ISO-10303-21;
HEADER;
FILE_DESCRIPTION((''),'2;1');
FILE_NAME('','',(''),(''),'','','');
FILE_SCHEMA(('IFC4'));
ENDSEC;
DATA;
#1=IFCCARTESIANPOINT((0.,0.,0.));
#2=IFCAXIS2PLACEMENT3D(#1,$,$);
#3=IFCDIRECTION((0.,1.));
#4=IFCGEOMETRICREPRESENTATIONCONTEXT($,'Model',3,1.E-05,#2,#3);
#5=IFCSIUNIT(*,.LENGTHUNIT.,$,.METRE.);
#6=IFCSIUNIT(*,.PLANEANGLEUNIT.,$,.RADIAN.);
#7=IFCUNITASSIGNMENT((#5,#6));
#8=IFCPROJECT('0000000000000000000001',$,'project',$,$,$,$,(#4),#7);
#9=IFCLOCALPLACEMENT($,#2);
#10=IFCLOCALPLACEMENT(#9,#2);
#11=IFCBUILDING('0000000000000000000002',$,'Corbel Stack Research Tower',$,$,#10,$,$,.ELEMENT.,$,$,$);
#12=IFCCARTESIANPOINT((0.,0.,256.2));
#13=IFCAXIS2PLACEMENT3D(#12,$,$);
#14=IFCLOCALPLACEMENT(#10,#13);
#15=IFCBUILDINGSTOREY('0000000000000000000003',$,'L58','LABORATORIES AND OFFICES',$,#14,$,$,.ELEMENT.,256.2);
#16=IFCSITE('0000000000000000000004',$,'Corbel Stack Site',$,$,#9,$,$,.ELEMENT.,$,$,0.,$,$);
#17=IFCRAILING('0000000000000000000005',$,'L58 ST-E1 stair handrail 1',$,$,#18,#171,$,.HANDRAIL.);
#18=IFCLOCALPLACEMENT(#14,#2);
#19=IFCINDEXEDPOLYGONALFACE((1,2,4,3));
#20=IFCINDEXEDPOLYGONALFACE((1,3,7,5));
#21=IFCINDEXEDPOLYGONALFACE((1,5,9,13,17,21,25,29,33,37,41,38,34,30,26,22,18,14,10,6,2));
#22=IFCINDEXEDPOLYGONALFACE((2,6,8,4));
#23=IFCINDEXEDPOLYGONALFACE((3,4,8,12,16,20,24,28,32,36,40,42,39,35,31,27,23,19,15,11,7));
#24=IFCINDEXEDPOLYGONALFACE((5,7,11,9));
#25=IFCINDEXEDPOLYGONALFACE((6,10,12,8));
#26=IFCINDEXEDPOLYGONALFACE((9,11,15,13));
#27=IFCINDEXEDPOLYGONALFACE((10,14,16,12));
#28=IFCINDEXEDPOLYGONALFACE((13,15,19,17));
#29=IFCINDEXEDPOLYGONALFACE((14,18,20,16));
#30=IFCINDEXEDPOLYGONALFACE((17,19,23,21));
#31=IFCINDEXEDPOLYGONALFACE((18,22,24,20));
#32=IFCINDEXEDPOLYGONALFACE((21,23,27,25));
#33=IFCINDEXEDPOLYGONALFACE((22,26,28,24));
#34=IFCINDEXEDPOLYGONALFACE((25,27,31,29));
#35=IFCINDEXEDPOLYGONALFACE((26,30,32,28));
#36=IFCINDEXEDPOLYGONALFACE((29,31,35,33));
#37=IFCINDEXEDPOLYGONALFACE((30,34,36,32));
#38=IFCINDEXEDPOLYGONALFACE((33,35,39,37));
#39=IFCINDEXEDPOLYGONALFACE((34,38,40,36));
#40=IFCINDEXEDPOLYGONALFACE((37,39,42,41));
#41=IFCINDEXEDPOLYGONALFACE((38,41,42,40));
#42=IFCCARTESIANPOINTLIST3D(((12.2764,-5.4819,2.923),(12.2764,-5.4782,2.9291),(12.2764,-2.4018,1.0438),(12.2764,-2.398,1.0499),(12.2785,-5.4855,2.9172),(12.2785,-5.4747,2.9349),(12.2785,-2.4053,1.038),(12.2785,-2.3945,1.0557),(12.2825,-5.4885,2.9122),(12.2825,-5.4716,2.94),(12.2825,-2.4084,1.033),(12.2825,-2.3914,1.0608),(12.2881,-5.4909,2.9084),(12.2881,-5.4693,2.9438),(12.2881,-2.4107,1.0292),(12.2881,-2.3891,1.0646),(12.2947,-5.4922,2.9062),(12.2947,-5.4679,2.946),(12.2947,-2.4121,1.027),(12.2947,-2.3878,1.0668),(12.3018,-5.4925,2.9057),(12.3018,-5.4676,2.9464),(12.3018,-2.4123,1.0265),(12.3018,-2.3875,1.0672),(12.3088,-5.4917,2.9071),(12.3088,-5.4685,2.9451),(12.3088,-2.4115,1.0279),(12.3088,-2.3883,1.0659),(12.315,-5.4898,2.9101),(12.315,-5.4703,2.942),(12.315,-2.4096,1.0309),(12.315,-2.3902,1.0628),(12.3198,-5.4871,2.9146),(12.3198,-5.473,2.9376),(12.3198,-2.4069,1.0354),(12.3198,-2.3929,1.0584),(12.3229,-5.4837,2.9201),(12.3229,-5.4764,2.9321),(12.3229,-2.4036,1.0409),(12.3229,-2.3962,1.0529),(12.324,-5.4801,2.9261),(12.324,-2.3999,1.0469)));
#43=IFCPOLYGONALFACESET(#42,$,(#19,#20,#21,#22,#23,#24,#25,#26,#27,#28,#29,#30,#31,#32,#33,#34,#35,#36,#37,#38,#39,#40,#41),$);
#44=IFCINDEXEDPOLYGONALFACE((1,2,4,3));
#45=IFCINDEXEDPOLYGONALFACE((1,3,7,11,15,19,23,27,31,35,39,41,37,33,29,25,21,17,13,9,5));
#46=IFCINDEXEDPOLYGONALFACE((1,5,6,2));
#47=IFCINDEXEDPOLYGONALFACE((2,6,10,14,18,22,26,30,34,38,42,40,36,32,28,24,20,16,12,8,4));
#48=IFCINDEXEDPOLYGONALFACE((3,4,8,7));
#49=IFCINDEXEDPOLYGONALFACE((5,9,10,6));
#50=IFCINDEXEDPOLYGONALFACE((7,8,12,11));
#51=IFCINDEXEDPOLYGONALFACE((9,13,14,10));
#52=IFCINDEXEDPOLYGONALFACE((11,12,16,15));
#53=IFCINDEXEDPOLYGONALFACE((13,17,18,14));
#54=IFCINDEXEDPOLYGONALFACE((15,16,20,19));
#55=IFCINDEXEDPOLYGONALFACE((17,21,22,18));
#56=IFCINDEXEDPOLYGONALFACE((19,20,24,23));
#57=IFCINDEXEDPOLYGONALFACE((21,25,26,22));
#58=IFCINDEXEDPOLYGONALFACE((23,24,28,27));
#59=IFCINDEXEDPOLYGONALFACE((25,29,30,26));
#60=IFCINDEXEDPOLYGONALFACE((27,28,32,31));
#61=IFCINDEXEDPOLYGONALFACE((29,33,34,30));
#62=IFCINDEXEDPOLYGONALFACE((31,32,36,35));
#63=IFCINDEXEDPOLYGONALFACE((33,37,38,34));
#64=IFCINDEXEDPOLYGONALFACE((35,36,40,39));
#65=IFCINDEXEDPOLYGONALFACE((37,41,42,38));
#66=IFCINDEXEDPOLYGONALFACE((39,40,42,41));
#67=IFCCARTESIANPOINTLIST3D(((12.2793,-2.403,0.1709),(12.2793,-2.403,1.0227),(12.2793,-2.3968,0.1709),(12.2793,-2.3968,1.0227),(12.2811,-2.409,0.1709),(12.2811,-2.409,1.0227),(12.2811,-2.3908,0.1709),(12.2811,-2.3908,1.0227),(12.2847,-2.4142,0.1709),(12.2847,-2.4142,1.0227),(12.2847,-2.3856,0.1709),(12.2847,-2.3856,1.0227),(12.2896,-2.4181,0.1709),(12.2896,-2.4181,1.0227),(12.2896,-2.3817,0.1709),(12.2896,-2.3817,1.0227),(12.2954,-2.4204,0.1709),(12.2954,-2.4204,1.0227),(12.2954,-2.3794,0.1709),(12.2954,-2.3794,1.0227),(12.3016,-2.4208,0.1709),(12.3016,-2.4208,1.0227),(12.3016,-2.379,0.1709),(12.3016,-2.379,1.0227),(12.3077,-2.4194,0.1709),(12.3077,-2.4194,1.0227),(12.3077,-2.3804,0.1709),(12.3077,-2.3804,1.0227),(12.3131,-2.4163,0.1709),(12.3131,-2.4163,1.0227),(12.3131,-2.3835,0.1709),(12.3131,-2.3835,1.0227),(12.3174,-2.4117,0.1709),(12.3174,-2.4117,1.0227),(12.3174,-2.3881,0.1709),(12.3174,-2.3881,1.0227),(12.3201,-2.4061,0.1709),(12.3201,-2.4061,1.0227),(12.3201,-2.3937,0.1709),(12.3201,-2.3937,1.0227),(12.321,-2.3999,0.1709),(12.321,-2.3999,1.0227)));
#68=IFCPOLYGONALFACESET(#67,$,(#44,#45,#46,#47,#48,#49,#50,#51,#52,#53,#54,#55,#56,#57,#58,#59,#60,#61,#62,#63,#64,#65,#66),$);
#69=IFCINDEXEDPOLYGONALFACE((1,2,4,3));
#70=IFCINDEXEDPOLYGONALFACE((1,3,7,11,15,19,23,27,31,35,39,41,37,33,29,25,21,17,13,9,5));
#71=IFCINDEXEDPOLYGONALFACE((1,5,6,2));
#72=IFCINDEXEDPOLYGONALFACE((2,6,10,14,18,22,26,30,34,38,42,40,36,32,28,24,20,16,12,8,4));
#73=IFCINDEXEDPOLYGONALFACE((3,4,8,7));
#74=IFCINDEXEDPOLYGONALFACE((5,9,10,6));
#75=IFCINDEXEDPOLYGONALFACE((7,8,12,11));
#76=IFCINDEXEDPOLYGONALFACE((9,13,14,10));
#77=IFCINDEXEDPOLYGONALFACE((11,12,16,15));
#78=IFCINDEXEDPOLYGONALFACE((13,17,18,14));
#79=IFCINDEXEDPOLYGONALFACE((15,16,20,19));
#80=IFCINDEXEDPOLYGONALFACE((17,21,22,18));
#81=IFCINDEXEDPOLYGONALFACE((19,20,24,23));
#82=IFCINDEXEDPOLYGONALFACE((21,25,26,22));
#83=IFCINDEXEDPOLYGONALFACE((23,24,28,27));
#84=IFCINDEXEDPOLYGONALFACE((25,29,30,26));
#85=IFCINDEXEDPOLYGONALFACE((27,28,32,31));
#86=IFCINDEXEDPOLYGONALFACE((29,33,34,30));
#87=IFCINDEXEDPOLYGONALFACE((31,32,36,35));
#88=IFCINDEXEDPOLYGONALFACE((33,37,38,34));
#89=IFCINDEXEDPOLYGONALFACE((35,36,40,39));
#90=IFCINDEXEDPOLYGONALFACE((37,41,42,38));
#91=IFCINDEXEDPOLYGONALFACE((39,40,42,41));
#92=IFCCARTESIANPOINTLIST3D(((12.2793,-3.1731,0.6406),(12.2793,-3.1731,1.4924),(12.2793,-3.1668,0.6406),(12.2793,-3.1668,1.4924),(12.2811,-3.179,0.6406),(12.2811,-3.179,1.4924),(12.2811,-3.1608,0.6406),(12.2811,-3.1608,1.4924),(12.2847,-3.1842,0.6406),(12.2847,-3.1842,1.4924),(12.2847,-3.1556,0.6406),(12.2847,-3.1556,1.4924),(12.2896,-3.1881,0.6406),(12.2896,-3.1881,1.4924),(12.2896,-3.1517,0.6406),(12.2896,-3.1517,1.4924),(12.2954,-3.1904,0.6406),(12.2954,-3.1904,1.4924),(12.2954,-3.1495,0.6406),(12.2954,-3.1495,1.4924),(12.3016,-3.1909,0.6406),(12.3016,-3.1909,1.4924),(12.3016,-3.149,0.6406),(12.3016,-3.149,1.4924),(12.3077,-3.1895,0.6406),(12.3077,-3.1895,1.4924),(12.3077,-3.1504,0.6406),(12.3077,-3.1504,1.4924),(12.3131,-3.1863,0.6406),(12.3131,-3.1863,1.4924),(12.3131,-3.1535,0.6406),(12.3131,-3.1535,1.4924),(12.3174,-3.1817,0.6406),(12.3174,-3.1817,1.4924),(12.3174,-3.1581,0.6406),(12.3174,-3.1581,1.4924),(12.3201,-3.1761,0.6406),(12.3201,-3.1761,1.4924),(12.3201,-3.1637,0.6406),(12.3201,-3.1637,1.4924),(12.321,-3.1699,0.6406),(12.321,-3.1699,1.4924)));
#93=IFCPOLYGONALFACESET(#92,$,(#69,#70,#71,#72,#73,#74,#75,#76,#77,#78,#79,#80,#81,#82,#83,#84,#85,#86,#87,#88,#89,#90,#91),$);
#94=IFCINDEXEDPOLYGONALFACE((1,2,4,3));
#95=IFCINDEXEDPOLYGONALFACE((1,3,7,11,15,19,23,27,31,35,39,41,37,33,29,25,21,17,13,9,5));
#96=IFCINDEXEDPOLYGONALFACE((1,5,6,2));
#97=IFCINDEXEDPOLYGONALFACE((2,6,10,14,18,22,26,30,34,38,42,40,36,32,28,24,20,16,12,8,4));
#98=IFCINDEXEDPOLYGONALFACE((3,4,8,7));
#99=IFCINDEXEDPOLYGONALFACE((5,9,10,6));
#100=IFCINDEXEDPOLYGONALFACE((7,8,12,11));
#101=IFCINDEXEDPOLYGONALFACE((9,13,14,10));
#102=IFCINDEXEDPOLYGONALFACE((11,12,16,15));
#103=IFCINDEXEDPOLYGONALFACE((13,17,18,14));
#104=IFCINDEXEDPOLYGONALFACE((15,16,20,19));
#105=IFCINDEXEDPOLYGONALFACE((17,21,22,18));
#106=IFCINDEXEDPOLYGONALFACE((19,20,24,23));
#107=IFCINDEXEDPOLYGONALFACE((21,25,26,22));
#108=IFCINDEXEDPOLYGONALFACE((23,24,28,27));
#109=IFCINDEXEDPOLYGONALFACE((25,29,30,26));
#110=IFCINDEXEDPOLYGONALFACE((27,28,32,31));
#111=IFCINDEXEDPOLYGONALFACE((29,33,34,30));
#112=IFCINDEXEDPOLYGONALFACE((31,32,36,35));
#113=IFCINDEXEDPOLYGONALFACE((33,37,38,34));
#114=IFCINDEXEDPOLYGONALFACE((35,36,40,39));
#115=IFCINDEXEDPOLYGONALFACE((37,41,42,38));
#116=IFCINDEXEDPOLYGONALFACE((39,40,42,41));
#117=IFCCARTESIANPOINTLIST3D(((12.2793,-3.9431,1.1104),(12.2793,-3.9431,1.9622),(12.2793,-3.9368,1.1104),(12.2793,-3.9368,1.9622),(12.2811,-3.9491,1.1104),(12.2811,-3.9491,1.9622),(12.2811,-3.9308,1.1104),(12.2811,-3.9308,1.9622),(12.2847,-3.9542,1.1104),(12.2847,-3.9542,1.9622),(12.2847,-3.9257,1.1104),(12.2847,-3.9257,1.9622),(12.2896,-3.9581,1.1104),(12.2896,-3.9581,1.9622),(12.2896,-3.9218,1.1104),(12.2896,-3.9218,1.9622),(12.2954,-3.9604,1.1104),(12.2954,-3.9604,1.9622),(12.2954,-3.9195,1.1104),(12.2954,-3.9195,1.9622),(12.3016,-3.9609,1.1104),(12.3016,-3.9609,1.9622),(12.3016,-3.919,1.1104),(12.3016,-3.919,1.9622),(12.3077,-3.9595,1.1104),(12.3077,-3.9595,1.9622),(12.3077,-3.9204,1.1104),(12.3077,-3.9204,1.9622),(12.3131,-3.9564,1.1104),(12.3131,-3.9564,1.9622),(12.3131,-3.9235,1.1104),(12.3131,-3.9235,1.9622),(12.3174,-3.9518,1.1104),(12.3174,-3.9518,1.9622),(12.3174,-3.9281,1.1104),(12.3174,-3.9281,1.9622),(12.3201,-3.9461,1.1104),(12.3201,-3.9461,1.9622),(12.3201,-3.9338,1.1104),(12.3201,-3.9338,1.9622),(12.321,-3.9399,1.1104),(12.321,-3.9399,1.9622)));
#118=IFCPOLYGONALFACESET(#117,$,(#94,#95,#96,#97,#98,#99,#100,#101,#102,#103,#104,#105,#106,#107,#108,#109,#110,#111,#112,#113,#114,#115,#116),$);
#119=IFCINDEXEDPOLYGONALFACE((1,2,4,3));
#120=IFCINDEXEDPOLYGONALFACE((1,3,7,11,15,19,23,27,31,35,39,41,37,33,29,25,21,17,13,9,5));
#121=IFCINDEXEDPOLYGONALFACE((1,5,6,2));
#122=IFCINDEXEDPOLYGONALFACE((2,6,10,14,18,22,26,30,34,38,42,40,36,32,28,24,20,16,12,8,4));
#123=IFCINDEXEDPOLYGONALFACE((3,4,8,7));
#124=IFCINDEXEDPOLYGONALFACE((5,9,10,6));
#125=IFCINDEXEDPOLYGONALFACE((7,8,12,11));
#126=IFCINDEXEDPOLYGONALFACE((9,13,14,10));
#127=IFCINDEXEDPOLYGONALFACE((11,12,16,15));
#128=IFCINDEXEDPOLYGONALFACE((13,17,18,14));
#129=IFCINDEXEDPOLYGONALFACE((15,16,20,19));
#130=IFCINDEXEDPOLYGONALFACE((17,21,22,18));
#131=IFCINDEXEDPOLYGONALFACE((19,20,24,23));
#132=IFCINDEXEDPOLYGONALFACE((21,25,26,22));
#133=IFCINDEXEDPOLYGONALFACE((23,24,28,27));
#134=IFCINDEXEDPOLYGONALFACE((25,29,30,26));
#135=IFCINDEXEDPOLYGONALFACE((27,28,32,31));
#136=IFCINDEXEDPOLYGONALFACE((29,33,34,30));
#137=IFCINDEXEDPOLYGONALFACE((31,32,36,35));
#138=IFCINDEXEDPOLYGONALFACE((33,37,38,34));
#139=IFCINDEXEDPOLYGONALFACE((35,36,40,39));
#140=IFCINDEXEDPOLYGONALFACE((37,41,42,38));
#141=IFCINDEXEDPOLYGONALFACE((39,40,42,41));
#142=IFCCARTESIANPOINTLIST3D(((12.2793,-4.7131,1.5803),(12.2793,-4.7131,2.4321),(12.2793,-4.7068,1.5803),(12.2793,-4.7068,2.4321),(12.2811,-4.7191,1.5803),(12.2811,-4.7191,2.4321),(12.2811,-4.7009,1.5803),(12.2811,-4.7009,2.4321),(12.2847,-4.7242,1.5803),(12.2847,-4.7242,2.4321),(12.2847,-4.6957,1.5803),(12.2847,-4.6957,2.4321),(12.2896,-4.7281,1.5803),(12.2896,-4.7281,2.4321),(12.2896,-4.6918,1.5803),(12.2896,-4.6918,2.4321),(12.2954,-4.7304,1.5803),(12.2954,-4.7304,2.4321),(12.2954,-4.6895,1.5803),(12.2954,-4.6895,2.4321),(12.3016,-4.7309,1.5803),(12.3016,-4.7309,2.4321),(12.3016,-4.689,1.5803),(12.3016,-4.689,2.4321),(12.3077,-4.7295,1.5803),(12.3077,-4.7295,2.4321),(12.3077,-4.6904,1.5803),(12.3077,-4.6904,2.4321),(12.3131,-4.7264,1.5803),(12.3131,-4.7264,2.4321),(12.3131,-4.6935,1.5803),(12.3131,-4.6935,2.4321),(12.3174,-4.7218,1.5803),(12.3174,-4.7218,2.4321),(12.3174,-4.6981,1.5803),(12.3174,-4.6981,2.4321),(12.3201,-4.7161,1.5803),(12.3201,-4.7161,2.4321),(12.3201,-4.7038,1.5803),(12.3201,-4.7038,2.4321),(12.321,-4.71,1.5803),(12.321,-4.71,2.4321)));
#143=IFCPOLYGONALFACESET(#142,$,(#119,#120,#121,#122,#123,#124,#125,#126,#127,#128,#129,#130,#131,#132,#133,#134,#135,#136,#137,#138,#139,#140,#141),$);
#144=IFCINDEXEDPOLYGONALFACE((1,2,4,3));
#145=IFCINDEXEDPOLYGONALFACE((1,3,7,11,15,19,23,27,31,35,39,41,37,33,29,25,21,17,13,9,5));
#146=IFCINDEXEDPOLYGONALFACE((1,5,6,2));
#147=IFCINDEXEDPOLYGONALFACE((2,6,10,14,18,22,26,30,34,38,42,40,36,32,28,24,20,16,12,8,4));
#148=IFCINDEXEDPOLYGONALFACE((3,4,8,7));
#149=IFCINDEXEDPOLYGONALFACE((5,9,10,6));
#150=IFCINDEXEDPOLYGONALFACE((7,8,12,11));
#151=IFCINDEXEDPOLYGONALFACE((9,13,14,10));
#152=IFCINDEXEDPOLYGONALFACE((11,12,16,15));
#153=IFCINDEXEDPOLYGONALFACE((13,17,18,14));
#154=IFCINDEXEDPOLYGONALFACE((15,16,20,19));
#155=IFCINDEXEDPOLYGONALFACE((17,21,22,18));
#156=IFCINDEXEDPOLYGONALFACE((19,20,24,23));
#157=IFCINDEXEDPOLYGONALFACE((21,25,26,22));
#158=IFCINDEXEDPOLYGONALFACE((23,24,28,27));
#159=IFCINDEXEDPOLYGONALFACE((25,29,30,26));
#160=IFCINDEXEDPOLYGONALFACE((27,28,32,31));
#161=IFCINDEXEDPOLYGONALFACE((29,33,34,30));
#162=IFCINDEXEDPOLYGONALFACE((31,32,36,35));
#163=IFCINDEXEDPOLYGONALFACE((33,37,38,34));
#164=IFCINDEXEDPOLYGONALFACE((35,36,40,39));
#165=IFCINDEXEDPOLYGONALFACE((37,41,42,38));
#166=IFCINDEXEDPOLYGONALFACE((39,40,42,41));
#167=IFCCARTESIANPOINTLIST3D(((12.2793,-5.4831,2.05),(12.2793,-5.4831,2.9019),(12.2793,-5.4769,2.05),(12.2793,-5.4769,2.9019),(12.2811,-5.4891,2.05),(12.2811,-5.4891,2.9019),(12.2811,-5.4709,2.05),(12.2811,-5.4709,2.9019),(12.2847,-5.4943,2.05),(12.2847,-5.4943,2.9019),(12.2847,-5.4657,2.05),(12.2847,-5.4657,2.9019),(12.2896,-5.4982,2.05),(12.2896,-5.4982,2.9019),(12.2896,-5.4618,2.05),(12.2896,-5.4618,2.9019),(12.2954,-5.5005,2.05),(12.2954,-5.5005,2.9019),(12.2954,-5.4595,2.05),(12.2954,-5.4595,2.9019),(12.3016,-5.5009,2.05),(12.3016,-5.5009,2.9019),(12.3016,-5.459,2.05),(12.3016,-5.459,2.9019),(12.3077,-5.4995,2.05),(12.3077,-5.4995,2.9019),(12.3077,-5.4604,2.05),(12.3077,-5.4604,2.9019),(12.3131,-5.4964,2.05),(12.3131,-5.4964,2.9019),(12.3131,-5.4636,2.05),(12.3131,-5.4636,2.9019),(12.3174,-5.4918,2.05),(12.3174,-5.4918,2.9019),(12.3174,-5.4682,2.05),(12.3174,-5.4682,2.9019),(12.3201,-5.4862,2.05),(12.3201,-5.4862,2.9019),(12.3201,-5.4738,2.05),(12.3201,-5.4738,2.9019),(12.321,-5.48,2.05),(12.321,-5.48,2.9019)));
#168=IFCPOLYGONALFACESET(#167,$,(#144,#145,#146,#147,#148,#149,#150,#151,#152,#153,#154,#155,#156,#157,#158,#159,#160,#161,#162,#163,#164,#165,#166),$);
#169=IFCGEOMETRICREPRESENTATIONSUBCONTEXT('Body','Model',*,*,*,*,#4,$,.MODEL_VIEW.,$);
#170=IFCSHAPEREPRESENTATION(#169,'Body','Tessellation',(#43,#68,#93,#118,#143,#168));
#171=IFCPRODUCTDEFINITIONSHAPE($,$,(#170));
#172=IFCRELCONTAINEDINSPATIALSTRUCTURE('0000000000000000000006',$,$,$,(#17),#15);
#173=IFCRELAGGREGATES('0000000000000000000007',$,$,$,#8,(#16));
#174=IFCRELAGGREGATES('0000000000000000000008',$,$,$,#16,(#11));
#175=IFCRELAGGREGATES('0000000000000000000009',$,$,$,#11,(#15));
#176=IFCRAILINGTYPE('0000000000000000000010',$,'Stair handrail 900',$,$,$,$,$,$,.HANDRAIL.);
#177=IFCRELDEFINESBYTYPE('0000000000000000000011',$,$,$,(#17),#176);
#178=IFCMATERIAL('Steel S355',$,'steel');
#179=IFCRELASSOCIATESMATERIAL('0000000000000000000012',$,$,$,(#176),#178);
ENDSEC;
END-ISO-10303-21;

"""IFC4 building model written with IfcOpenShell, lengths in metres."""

from ifc_helpers import new_model, si_unit, direction, frame, origin, origin_2d, place, context, subcontext, project, spatial, circle, extrude, material, type_object, element, save


model = new_model("IFC4")

# Units and contexts
model_context = context("Model", 3, precision=1e-05, world=origin(), true_north=direction((0.0, 1.0)))
body_context = subcontext(model_context, "Body", "Model", "MODEL_VIEW")
ifc_project = project(units=[si_unit("LENGTHUNIT", "METRE"), si_unit("PLANEANGLEUNIT", "RADIAN")], contexts=[model_context])

# Site, building, storey
site_placement = place(None, origin())
site = spatial("IfcSite", under=ifc_project, at=site_placement, Name="Corbel Stack Site", CompositionType="ELEMENT", RefElevation=0.0)
building_placement = place(site_placement, origin())
building = spatial("IfcBuilding", under=site, at=building_placement, Name="Corbel Stack Research Tower", CompositionType="ELEMENT")
storey_placement = place(building_placement, frame((0.0, 0.0, 256.2)))
storey = spatial("IfcBuildingStorey", under=building, at=storey_placement, Name="L58", Description="LABORATORIES AND OFFICES", CompositionType="ELEMENT", Elevation=256.2)

# Railing
ifc_material_1 = material(Name="Steel S355", Category="steel")
railing_type_1 = type_object("IfcRailingType", Name="Stair handrail 900", PredefinedType="HANDRAIL", material=ifc_material_1)
railing_1_placement = place(storey_placement, frame((12.3, -2.3999, 0.1709)))
element("IfcRailing", 1, at=railing_1_placement, inside=storey, type_object=railing_type_1, Name="L58 ST-E1 stair handrail 1", PredefinedType="HANDRAIL", context=body_context, shape_type="SweptSolid", body=[
    extrude(circle(Radius=0.0239, at=origin_2d()), frame((0.0, 0.0, 0.876), z_axis=(0.0, -0.853666, 0.52082), x_axis=(1.0, 0.0, 0.0)), (0.0, 0.0, 1.0), 3.6082),
    extrude(circle(Radius=0.021, at=origin_2d()), origin(), (0.0, 0.0, 1.0), 0.8518),
    extrude(circle(Radius=0.021, at=origin_2d()), frame((0.0, -0.77, 0.4697)), (0.0, 0.0, 1.0), 0.8518),
    extrude(circle(Radius=0.021, at=origin_2d()), frame((0.0, -1.54, 0.9395)), (0.0, 0.0, 1.0), 0.8518),
    extrude(circle(Radius=0.021, at=origin_2d()), frame((0.0, -2.3101, 1.4094)), (0.0, 0.0, 1.0), 0.8518),
    extrude(circle(Radius=0.021, at=origin_2d()), frame((0.0, -3.0801, 1.8792)), (0.0, 0.0, 1.0), 0.8518),
])

save(model, "model.ifc")
